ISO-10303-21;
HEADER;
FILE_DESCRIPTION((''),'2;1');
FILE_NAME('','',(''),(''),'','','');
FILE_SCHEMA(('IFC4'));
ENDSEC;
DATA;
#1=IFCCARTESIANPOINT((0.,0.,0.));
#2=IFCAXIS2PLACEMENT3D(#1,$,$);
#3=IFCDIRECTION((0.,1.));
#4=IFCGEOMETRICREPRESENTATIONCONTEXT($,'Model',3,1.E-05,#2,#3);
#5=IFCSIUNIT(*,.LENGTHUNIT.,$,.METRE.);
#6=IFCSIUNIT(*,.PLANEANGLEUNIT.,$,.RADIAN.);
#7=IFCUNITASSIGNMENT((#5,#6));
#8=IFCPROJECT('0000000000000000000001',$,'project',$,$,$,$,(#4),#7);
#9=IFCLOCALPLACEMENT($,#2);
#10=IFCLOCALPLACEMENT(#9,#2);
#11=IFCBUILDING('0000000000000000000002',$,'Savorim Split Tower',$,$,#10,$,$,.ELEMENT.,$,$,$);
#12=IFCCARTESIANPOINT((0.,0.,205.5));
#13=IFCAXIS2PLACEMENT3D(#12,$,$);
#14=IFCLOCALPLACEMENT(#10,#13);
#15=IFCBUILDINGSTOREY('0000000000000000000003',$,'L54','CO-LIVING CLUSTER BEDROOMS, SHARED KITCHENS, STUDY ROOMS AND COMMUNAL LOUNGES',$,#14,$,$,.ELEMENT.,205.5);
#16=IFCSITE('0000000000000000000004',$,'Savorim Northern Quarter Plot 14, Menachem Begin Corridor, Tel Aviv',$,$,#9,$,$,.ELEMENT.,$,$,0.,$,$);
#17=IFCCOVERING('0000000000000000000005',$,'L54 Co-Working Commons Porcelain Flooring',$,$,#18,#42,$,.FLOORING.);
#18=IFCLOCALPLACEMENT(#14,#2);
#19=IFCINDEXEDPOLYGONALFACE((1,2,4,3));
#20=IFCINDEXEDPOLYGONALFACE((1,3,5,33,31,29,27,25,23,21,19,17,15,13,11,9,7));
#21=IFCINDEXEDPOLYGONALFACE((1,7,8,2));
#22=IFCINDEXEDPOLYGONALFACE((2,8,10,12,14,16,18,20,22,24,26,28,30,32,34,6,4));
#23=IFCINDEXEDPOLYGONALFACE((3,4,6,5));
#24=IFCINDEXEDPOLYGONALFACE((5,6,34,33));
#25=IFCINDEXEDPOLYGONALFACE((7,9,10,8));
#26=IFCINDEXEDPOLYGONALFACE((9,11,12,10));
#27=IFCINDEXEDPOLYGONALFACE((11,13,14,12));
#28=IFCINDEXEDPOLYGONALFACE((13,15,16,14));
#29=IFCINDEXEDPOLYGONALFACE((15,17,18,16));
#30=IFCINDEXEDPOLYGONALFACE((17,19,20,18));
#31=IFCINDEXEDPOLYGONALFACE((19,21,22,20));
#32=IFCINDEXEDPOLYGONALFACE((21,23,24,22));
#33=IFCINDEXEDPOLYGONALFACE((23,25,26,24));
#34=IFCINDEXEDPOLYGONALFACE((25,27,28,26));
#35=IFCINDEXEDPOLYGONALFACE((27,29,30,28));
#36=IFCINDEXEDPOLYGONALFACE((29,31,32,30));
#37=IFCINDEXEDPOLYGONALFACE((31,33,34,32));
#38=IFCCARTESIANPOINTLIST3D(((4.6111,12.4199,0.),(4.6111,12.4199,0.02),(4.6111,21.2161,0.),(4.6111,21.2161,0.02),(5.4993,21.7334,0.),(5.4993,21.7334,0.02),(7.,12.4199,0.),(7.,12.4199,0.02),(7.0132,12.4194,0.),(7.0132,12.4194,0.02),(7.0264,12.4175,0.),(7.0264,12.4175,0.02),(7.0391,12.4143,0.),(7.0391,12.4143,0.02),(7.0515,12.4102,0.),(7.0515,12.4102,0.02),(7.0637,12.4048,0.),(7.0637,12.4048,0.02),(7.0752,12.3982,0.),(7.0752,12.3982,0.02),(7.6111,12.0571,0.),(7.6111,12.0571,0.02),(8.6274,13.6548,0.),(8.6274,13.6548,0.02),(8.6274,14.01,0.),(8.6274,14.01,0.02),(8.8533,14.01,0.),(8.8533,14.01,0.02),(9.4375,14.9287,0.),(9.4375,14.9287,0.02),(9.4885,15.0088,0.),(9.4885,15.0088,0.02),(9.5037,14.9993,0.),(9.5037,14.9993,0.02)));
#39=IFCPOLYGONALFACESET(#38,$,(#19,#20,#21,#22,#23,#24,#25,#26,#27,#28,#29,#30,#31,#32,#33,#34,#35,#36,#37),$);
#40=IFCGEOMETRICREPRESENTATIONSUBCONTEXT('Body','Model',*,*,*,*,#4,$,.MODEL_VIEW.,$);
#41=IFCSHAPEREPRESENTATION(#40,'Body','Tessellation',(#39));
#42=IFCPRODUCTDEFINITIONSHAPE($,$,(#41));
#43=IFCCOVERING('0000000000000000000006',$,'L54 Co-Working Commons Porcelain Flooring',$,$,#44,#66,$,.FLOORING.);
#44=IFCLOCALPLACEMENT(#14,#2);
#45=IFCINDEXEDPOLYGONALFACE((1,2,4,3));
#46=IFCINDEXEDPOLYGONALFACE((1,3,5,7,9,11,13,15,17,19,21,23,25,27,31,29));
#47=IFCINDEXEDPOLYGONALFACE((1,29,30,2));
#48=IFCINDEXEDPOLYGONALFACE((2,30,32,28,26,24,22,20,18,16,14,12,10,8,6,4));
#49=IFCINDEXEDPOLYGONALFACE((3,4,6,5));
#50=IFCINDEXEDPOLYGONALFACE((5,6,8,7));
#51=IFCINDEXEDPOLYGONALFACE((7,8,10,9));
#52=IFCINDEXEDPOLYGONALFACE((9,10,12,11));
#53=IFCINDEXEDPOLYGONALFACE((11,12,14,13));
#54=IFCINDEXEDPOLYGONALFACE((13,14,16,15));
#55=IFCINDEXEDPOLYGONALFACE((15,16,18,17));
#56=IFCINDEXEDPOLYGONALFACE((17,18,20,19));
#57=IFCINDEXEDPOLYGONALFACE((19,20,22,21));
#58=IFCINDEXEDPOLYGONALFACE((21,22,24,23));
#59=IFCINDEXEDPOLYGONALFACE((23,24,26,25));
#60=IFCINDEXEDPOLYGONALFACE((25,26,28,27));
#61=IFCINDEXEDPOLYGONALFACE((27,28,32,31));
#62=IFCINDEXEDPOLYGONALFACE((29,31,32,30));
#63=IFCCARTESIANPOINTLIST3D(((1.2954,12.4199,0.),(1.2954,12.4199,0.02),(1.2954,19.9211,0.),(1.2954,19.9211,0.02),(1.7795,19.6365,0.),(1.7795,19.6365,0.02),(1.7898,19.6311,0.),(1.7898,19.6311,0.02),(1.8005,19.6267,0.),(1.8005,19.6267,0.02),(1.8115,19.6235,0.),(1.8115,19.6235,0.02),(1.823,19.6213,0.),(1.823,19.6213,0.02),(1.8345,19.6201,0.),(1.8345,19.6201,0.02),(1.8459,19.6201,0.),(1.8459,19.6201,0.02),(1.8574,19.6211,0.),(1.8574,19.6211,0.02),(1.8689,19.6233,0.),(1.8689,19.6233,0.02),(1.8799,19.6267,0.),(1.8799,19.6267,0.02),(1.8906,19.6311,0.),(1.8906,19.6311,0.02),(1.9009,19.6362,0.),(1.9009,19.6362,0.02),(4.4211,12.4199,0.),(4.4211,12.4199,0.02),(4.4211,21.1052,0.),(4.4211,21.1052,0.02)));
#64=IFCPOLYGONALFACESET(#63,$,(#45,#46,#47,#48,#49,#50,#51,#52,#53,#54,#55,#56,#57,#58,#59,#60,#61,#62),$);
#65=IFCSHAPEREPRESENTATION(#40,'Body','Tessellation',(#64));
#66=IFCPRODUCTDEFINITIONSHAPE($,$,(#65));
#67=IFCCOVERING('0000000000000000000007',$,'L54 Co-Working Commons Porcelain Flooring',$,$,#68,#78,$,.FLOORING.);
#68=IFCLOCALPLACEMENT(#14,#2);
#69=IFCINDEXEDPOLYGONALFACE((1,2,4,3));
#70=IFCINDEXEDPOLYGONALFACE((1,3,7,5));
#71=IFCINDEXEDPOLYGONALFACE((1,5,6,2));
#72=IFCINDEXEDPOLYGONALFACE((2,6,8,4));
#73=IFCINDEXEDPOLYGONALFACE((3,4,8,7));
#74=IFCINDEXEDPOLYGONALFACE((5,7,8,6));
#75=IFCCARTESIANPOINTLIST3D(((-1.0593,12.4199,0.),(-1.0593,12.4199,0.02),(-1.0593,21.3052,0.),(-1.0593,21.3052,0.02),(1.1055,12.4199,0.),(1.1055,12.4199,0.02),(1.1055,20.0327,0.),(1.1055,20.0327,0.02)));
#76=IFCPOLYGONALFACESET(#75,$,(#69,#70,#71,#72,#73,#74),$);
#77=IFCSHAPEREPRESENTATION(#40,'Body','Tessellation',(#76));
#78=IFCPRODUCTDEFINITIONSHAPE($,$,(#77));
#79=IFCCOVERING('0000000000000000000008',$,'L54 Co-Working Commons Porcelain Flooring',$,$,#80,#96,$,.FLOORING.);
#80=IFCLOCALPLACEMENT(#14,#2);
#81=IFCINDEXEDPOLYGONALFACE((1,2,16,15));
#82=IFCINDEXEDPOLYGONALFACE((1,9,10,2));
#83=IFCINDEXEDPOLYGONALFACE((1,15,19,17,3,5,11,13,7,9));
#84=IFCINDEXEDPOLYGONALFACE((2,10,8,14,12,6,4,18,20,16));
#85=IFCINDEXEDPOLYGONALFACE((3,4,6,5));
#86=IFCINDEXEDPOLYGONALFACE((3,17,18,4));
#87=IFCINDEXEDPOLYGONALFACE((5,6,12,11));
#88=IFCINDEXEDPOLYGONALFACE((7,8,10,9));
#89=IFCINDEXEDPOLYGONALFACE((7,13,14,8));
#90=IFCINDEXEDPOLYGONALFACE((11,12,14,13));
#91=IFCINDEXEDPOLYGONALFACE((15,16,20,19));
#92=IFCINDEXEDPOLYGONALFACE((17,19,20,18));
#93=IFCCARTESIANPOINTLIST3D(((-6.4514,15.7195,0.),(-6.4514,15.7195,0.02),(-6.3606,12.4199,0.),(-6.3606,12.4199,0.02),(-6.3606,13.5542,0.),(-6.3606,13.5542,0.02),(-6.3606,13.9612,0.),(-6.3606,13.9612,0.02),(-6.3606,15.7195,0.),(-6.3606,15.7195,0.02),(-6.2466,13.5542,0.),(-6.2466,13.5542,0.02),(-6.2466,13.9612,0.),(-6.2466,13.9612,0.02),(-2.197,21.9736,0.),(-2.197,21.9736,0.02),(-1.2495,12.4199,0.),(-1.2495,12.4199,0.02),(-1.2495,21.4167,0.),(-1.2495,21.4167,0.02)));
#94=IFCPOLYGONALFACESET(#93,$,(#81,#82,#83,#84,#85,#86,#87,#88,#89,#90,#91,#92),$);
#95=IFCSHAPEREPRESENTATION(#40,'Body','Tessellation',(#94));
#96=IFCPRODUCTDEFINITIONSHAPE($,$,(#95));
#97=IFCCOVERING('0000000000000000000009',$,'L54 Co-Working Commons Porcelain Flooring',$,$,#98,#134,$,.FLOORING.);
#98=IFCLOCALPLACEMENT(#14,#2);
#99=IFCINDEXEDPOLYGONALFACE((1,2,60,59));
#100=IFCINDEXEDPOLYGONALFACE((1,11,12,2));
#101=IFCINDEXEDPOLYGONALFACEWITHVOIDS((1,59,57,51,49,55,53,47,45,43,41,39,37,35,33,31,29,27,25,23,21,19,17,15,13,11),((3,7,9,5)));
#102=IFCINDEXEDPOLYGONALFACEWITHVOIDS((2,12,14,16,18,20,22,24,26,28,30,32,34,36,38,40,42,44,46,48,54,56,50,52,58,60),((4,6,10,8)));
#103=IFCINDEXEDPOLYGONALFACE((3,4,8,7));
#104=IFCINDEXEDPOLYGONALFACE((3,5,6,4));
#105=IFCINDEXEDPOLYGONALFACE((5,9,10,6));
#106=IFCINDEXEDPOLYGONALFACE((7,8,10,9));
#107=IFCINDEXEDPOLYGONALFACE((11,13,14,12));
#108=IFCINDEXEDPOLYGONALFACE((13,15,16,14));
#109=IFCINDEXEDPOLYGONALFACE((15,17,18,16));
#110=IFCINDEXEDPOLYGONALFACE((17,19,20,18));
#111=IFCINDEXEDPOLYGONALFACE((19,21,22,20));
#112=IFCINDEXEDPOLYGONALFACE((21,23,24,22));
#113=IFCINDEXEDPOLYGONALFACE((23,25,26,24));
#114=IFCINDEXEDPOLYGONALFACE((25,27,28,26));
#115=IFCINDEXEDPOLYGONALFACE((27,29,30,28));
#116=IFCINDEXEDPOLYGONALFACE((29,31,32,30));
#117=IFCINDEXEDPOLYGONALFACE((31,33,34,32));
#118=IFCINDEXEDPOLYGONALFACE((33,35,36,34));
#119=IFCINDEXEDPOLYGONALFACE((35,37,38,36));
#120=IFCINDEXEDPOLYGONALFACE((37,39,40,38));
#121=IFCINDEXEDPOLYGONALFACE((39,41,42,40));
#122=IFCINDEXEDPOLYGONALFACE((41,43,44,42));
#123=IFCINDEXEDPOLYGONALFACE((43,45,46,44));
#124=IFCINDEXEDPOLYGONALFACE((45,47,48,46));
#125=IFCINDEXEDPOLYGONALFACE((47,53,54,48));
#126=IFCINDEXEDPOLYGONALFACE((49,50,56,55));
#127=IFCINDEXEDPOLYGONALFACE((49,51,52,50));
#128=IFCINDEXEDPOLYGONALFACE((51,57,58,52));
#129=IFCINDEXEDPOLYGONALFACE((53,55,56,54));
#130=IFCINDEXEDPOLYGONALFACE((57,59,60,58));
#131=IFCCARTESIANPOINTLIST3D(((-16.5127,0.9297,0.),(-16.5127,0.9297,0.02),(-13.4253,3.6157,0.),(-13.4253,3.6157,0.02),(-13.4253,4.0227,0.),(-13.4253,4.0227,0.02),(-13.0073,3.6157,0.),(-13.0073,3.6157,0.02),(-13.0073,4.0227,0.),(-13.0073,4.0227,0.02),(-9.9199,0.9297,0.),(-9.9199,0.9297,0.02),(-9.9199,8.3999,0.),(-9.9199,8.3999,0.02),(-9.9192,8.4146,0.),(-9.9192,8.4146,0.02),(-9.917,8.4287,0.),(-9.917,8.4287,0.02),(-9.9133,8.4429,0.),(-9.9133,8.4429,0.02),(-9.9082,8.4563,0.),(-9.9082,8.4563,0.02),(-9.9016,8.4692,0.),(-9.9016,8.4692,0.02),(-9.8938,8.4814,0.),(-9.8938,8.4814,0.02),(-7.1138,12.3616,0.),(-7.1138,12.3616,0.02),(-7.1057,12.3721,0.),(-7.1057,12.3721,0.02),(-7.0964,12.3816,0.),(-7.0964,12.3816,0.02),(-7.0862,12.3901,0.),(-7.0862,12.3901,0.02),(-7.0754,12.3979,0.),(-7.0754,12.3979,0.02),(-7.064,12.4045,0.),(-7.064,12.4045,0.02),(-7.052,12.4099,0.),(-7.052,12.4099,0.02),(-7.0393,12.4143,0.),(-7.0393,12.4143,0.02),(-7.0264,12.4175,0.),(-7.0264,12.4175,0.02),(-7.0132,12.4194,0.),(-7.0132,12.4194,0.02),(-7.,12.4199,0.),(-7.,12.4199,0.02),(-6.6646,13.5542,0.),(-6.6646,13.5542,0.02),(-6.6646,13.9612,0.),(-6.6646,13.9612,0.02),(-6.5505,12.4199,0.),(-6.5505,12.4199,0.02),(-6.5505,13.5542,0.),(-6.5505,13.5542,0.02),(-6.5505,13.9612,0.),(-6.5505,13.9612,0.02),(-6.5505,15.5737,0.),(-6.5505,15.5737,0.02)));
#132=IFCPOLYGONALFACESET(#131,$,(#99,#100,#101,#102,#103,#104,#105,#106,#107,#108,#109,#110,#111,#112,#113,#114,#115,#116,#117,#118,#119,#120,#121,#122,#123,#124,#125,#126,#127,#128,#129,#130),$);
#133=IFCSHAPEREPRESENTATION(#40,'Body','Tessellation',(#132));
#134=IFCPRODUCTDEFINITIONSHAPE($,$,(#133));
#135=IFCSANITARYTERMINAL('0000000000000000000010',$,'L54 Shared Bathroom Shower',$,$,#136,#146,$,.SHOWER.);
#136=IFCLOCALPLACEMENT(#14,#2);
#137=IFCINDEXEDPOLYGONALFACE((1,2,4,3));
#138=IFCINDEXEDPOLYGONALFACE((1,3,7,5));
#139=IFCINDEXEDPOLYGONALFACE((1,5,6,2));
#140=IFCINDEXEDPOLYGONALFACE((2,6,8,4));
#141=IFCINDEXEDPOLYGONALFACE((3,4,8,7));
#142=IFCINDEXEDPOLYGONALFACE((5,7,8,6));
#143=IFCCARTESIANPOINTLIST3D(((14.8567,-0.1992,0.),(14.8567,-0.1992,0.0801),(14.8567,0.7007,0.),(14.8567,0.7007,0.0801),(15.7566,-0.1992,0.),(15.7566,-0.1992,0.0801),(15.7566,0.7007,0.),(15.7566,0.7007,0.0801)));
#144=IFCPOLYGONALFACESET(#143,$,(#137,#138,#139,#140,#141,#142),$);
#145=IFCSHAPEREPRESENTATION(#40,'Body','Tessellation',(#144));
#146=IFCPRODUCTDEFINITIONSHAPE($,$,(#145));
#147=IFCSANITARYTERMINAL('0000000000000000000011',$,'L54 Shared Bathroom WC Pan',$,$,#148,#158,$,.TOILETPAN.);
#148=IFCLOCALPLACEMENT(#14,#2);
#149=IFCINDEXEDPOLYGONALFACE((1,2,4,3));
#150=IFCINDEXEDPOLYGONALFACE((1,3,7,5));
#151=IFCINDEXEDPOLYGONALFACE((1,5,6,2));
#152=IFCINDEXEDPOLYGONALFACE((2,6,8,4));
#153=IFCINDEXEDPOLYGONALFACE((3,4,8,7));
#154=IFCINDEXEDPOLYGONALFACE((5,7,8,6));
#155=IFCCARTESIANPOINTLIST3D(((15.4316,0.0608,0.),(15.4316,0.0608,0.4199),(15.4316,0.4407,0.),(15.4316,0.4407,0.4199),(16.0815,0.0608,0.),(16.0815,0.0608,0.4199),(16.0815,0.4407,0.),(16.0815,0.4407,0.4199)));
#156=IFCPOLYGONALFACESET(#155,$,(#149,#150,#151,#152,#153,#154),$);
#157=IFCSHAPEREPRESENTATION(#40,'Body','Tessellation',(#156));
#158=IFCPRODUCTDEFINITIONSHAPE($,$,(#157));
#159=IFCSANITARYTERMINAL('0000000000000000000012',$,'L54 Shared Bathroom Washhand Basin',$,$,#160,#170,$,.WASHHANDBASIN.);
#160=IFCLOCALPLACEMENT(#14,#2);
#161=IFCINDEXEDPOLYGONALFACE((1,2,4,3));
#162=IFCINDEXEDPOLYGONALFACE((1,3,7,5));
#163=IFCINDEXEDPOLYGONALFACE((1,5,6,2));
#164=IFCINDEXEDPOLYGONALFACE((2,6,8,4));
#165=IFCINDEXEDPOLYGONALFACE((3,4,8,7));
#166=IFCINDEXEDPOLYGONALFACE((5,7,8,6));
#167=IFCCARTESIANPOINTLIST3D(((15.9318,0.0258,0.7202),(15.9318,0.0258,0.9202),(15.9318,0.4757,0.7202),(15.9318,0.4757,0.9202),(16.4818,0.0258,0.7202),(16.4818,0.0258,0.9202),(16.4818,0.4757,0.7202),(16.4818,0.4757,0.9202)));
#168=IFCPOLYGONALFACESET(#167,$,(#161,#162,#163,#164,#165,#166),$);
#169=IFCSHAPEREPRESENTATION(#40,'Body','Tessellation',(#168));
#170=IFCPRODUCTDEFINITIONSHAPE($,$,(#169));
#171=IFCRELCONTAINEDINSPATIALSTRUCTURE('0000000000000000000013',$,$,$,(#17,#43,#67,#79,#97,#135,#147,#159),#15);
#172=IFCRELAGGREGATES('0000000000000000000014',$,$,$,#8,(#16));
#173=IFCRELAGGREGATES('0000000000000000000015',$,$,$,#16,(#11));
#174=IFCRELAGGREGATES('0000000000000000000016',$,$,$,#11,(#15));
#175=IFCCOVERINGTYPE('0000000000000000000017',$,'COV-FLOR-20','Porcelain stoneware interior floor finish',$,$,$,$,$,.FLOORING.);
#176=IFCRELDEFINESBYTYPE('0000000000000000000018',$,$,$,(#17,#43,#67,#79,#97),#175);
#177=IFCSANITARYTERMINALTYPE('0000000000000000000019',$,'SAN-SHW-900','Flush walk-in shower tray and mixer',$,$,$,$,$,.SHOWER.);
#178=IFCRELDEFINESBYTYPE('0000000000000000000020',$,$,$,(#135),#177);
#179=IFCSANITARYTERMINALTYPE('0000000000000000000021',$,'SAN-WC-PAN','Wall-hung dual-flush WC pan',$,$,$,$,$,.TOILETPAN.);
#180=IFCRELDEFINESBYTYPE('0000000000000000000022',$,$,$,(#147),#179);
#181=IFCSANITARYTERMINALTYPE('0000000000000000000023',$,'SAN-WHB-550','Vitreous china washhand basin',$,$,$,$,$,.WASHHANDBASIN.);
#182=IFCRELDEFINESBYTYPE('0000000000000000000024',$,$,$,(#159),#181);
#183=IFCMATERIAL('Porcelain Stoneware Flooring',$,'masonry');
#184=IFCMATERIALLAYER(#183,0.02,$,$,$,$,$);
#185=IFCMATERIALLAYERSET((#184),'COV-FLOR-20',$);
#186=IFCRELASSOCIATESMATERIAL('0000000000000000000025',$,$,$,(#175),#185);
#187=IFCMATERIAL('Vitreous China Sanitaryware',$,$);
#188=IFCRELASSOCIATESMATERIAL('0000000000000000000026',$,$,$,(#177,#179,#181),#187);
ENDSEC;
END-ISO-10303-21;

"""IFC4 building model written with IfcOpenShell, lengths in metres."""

from ifc_helpers import new_model, si_unit, direction, frame, origin, origin_2d, place, context, subcontext, project, spatial, polyline, rectangle, outline, extrude, material, layer, layer_set, type_object, element, save


model = new_model("IFC4")

# Units and contexts
model_context = context("Model", 3, precision=1e-05, world=origin(), true_north=direction((0.0, 1.0)))
body_context = subcontext(model_context, "Body", "Model", "MODEL_VIEW")
ifc_project = project(units=[si_unit("LENGTHUNIT", "METRE"), si_unit("PLANEANGLEUNIT", "RADIAN")], contexts=[model_context])

# Site, building, storey
site_placement = place(None, origin())
site = spatial("IfcSite", under=ifc_project, at=site_placement, Name="Savorim Northern Quarter Plot 14, Menachem Begin Corridor, Tel Aviv", CompositionType="ELEMENT", RefElevation=0.0)
building_placement = place(site_placement, origin())
building = spatial("IfcBuilding", under=site, at=building_placement, Name="Savorim Split Tower", CompositionType="ELEMENT")
storey_placement = place(building_placement, frame((0.0, 0.0, 205.5)))
storey = spatial("IfcBuildingStorey", under=building, at=storey_placement, Name="L54", Description="CO-LIVING CLUSTER BEDROOMS, SHARED KITCHENS, STUDY ROOMS AND COMMUNAL LOUNGES", CompositionType="ELEMENT", Elevation=205.5)

# Coverings
ifc_material_1 = material(Name="Porcelain Stoneware Flooring", Category="masonry")
ifc_layer_1 = layer(ifc_material_1, 0.02)
ifc_layer_set_1 = layer_set([ifc_layer_1], Name="COV-FLOR-20")
covering_type_1 = type_object("IfcCoveringType", Name="COV-FLOR-20", Description="Porcelain stoneware interior floor finish", PredefinedType="FLOORING", material=ifc_layer_set_1)
covering_1_placement = place(storey_placement, origin())
element("IfcCovering", 1, at=covering_1_placement, inside=storey, type_object=covering_type_1, Name="L54 Co-Working Commons Porcelain Flooring", PredefinedType="FLOORING", context=body_context, shape_type="SweptSolid", body=[
    extrude(outline(polyline([(9.4885, 15.0088), (9.5037, 14.9993), (5.4993, 21.7334), (4.6111, 21.2161), (4.6111, 12.4199), (7.0, 12.4199), (7.0132, 12.4194), (7.0264, 12.4175), (7.0391, 12.4143), (7.0515, 12.4102), (7.0637, 12.4048), (7.0752, 12.3982), (7.6111, 12.0571), (8.6274, 13.6548), (8.6274, 14.01), (8.8533, 14.01), (9.4375, 14.9287), (9.4885, 15.0088)])), origin(), (0.0, 0.0, 1.0), 0.02),
])
covering_2_placement = place(storey_placement, origin())
element("IfcCovering", 2, at=covering_2_placement, inside=storey, type_object=covering_type_1, Name="L54 Co-Working Commons Porcelain Flooring", PredefinedType="FLOORING", context=body_context, shape_type="SweptSolid", body=[
    extrude(outline(polyline([(1.8005, 19.6267), (1.7898, 19.6311), (1.7795, 19.6365), (1.2954, 19.9211), (1.2954, 12.4199), (4.4211, 12.4199), (4.4211, 21.1052), (1.9009, 19.6362), (1.8906, 19.6311), (1.8799, 19.6267), (1.8689, 19.6233), (1.8574, 19.6211), (1.8459, 19.6201), (1.8345, 19.6201), (1.823, 19.6213), (1.8115, 19.6235), (1.8005, 19.6267)])), origin(), (0.0, 0.0, 1.0), 0.02),
])
covering_3_placement = place(storey_placement, origin())
element("IfcCovering", 3, at=covering_3_placement, inside=storey, type_object=covering_type_1, Name="L54 Co-Working Commons Porcelain Flooring", PredefinedType="FLOORING", context=body_context, shape_type="SweptSolid", body=[
    extrude(outline(polyline([(-1.0593, 12.4199), (1.1055, 12.4199), (1.1055, 20.0327), (-1.0593, 21.3052), (-1.0593, 12.4199)])), origin(), (0.0, 0.0, 1.0), 0.02),
])
covering_4_placement = place(storey_placement, origin())
element("IfcCovering", 4, at=covering_4_placement, inside=storey, type_object=covering_type_1, Name="L54 Co-Working Commons Porcelain Flooring", PredefinedType="FLOORING", context=body_context, shape_type="SweptSolid", body=[
    extrude(outline(polyline([(-6.3606, 12.4199), (-1.2495, 12.4199), (-1.2495, 21.4167), (-2.197, 21.9736), (-6.4514, 15.7195), (-6.3606, 15.7195), (-6.3606, 13.9612), (-6.2466, 13.9612), (-6.2466, 13.5542), (-6.3606, 13.5542), (-6.3606, 12.4199)])), origin(), (0.0, 0.0, 1.0), 0.02),
])
covering_5_placement = place(storey_placement, origin())
element("IfcCovering", 5, at=covering_5_placement, inside=storey, type_object=covering_type_1, Name="L54 Co-Working Commons Porcelain Flooring", PredefinedType="FLOORING", context=body_context, shape_type="SweptSolid", body=[
    extrude(outline(polyline([(-7.0132, 12.4194), (-7.0, 12.4199), (-6.5505, 12.4199), (-6.5505, 13.5542), (-6.6646, 13.5542), (-6.6646, 13.9612), (-6.5505, 13.9612), (-6.5505, 15.5737), (-16.5127, 0.9297), (-9.9199, 0.9297), (-9.9199, 8.3999), (-9.9192, 8.4146), (-9.917, 8.4287), (-9.9133, 8.4429), (-9.9082, 8.4563), (-9.9016, 8.4692), (-9.8938, 8.4814), (-7.1138, 12.3616), (-7.1057, 12.3721), (-7.0964, 12.3816), (-7.0862, 12.3901), (-7.0754, 12.3979), (-7.064, 12.4045), (-7.052, 12.4099), (-7.0393, 12.4143), (-7.0264, 12.4175), (-7.0132, 12.4194)]), holes=[polyline([(-13.4253, 4.0227), (-13.4253, 3.6157), (-13.0073, 3.6157), (-13.0073, 4.0227), (-13.4253, 4.0227)])]), origin(), (0.0, 0.0, 1.0), 0.02),
])

# Sanitary terminals
ifc_material_2 = material(Name="Vitreous China Sanitaryware")
sanitary_terminal_type_1 = type_object("IfcSanitaryTerminalType", Name="SAN-SHW-900", Description="Flush walk-in shower tray and mixer", PredefinedType="SHOWER", material=ifc_material_2)
sanitary_terminal_1_placement = place(storey_placement, frame((15.3066, 0.2507, 0.0), z_axis=(0.0, 0.0, 1.0), x_axis=(1.0, 0.0, 0.0)))
element("IfcSanitaryTerminal", 6, at=sanitary_terminal_1_placement, inside=storey, type_object=sanitary_terminal_type_1, Name="L54 Shared Bathroom Shower", PredefinedType="SHOWER", context=body_context, shape_type="SweptSolid", body=[
    extrude(rectangle(XDim=0.8999, YDim=0.8999, at=origin_2d()), origin(), (0.0, 0.0, 1.0), 0.0801),
])
sanitary_terminal_type_2 = type_object("IfcSanitaryTerminalType", Name="SAN-WC-PAN", Description="Wall-hung dual-flush WC pan", PredefinedType="TOILETPAN", material=ifc_material_2)
sanitary_terminal_2_placement = place(storey_placement, frame((15.7566, 0.2507, 0.0), z_axis=(0.0, 0.0, 1.0), x_axis=(1.0, 0.0, 0.0)))
element("IfcSanitaryTerminal", 7, at=sanitary_terminal_2_placement, inside=storey, type_object=sanitary_terminal_type_2, Name="L54 Shared Bathroom WC Pan", PredefinedType="TOILETPAN", context=body_context, shape_type="SweptSolid", body=[
    extrude(rectangle(XDim=0.6499, YDim=0.3799, at=origin_2d()), origin(), (0.0, 0.0, 1.0), 0.4199),
])
sanitary_terminal_type_3 = type_object("IfcSanitaryTerminalType", Name="SAN-WHB-550", Description="Vitreous china washhand basin", PredefinedType="WASHHANDBASIN", material=ifc_material_2)
sanitary_terminal_3_placement = place(storey_placement, frame((16.2068, 0.2507, 0.7202), z_axis=(0.0, 0.0, 1.0), x_axis=(1.0, 0.0, 0.0)))
element("IfcSanitaryTerminal", 8, at=sanitary_terminal_3_placement, inside=storey, type_object=sanitary_terminal_type_3, Name="L54 Shared Bathroom Washhand Basin", PredefinedType="WASHHANDBASIN", context=body_context, shape_type="SweptSolid", body=[
    extrude(rectangle(XDim=0.55, YDim=0.45, at=origin_2d()), origin(), (0.0, 0.0, 1.0), 0.2),
])

save(model, "model.ifc")
